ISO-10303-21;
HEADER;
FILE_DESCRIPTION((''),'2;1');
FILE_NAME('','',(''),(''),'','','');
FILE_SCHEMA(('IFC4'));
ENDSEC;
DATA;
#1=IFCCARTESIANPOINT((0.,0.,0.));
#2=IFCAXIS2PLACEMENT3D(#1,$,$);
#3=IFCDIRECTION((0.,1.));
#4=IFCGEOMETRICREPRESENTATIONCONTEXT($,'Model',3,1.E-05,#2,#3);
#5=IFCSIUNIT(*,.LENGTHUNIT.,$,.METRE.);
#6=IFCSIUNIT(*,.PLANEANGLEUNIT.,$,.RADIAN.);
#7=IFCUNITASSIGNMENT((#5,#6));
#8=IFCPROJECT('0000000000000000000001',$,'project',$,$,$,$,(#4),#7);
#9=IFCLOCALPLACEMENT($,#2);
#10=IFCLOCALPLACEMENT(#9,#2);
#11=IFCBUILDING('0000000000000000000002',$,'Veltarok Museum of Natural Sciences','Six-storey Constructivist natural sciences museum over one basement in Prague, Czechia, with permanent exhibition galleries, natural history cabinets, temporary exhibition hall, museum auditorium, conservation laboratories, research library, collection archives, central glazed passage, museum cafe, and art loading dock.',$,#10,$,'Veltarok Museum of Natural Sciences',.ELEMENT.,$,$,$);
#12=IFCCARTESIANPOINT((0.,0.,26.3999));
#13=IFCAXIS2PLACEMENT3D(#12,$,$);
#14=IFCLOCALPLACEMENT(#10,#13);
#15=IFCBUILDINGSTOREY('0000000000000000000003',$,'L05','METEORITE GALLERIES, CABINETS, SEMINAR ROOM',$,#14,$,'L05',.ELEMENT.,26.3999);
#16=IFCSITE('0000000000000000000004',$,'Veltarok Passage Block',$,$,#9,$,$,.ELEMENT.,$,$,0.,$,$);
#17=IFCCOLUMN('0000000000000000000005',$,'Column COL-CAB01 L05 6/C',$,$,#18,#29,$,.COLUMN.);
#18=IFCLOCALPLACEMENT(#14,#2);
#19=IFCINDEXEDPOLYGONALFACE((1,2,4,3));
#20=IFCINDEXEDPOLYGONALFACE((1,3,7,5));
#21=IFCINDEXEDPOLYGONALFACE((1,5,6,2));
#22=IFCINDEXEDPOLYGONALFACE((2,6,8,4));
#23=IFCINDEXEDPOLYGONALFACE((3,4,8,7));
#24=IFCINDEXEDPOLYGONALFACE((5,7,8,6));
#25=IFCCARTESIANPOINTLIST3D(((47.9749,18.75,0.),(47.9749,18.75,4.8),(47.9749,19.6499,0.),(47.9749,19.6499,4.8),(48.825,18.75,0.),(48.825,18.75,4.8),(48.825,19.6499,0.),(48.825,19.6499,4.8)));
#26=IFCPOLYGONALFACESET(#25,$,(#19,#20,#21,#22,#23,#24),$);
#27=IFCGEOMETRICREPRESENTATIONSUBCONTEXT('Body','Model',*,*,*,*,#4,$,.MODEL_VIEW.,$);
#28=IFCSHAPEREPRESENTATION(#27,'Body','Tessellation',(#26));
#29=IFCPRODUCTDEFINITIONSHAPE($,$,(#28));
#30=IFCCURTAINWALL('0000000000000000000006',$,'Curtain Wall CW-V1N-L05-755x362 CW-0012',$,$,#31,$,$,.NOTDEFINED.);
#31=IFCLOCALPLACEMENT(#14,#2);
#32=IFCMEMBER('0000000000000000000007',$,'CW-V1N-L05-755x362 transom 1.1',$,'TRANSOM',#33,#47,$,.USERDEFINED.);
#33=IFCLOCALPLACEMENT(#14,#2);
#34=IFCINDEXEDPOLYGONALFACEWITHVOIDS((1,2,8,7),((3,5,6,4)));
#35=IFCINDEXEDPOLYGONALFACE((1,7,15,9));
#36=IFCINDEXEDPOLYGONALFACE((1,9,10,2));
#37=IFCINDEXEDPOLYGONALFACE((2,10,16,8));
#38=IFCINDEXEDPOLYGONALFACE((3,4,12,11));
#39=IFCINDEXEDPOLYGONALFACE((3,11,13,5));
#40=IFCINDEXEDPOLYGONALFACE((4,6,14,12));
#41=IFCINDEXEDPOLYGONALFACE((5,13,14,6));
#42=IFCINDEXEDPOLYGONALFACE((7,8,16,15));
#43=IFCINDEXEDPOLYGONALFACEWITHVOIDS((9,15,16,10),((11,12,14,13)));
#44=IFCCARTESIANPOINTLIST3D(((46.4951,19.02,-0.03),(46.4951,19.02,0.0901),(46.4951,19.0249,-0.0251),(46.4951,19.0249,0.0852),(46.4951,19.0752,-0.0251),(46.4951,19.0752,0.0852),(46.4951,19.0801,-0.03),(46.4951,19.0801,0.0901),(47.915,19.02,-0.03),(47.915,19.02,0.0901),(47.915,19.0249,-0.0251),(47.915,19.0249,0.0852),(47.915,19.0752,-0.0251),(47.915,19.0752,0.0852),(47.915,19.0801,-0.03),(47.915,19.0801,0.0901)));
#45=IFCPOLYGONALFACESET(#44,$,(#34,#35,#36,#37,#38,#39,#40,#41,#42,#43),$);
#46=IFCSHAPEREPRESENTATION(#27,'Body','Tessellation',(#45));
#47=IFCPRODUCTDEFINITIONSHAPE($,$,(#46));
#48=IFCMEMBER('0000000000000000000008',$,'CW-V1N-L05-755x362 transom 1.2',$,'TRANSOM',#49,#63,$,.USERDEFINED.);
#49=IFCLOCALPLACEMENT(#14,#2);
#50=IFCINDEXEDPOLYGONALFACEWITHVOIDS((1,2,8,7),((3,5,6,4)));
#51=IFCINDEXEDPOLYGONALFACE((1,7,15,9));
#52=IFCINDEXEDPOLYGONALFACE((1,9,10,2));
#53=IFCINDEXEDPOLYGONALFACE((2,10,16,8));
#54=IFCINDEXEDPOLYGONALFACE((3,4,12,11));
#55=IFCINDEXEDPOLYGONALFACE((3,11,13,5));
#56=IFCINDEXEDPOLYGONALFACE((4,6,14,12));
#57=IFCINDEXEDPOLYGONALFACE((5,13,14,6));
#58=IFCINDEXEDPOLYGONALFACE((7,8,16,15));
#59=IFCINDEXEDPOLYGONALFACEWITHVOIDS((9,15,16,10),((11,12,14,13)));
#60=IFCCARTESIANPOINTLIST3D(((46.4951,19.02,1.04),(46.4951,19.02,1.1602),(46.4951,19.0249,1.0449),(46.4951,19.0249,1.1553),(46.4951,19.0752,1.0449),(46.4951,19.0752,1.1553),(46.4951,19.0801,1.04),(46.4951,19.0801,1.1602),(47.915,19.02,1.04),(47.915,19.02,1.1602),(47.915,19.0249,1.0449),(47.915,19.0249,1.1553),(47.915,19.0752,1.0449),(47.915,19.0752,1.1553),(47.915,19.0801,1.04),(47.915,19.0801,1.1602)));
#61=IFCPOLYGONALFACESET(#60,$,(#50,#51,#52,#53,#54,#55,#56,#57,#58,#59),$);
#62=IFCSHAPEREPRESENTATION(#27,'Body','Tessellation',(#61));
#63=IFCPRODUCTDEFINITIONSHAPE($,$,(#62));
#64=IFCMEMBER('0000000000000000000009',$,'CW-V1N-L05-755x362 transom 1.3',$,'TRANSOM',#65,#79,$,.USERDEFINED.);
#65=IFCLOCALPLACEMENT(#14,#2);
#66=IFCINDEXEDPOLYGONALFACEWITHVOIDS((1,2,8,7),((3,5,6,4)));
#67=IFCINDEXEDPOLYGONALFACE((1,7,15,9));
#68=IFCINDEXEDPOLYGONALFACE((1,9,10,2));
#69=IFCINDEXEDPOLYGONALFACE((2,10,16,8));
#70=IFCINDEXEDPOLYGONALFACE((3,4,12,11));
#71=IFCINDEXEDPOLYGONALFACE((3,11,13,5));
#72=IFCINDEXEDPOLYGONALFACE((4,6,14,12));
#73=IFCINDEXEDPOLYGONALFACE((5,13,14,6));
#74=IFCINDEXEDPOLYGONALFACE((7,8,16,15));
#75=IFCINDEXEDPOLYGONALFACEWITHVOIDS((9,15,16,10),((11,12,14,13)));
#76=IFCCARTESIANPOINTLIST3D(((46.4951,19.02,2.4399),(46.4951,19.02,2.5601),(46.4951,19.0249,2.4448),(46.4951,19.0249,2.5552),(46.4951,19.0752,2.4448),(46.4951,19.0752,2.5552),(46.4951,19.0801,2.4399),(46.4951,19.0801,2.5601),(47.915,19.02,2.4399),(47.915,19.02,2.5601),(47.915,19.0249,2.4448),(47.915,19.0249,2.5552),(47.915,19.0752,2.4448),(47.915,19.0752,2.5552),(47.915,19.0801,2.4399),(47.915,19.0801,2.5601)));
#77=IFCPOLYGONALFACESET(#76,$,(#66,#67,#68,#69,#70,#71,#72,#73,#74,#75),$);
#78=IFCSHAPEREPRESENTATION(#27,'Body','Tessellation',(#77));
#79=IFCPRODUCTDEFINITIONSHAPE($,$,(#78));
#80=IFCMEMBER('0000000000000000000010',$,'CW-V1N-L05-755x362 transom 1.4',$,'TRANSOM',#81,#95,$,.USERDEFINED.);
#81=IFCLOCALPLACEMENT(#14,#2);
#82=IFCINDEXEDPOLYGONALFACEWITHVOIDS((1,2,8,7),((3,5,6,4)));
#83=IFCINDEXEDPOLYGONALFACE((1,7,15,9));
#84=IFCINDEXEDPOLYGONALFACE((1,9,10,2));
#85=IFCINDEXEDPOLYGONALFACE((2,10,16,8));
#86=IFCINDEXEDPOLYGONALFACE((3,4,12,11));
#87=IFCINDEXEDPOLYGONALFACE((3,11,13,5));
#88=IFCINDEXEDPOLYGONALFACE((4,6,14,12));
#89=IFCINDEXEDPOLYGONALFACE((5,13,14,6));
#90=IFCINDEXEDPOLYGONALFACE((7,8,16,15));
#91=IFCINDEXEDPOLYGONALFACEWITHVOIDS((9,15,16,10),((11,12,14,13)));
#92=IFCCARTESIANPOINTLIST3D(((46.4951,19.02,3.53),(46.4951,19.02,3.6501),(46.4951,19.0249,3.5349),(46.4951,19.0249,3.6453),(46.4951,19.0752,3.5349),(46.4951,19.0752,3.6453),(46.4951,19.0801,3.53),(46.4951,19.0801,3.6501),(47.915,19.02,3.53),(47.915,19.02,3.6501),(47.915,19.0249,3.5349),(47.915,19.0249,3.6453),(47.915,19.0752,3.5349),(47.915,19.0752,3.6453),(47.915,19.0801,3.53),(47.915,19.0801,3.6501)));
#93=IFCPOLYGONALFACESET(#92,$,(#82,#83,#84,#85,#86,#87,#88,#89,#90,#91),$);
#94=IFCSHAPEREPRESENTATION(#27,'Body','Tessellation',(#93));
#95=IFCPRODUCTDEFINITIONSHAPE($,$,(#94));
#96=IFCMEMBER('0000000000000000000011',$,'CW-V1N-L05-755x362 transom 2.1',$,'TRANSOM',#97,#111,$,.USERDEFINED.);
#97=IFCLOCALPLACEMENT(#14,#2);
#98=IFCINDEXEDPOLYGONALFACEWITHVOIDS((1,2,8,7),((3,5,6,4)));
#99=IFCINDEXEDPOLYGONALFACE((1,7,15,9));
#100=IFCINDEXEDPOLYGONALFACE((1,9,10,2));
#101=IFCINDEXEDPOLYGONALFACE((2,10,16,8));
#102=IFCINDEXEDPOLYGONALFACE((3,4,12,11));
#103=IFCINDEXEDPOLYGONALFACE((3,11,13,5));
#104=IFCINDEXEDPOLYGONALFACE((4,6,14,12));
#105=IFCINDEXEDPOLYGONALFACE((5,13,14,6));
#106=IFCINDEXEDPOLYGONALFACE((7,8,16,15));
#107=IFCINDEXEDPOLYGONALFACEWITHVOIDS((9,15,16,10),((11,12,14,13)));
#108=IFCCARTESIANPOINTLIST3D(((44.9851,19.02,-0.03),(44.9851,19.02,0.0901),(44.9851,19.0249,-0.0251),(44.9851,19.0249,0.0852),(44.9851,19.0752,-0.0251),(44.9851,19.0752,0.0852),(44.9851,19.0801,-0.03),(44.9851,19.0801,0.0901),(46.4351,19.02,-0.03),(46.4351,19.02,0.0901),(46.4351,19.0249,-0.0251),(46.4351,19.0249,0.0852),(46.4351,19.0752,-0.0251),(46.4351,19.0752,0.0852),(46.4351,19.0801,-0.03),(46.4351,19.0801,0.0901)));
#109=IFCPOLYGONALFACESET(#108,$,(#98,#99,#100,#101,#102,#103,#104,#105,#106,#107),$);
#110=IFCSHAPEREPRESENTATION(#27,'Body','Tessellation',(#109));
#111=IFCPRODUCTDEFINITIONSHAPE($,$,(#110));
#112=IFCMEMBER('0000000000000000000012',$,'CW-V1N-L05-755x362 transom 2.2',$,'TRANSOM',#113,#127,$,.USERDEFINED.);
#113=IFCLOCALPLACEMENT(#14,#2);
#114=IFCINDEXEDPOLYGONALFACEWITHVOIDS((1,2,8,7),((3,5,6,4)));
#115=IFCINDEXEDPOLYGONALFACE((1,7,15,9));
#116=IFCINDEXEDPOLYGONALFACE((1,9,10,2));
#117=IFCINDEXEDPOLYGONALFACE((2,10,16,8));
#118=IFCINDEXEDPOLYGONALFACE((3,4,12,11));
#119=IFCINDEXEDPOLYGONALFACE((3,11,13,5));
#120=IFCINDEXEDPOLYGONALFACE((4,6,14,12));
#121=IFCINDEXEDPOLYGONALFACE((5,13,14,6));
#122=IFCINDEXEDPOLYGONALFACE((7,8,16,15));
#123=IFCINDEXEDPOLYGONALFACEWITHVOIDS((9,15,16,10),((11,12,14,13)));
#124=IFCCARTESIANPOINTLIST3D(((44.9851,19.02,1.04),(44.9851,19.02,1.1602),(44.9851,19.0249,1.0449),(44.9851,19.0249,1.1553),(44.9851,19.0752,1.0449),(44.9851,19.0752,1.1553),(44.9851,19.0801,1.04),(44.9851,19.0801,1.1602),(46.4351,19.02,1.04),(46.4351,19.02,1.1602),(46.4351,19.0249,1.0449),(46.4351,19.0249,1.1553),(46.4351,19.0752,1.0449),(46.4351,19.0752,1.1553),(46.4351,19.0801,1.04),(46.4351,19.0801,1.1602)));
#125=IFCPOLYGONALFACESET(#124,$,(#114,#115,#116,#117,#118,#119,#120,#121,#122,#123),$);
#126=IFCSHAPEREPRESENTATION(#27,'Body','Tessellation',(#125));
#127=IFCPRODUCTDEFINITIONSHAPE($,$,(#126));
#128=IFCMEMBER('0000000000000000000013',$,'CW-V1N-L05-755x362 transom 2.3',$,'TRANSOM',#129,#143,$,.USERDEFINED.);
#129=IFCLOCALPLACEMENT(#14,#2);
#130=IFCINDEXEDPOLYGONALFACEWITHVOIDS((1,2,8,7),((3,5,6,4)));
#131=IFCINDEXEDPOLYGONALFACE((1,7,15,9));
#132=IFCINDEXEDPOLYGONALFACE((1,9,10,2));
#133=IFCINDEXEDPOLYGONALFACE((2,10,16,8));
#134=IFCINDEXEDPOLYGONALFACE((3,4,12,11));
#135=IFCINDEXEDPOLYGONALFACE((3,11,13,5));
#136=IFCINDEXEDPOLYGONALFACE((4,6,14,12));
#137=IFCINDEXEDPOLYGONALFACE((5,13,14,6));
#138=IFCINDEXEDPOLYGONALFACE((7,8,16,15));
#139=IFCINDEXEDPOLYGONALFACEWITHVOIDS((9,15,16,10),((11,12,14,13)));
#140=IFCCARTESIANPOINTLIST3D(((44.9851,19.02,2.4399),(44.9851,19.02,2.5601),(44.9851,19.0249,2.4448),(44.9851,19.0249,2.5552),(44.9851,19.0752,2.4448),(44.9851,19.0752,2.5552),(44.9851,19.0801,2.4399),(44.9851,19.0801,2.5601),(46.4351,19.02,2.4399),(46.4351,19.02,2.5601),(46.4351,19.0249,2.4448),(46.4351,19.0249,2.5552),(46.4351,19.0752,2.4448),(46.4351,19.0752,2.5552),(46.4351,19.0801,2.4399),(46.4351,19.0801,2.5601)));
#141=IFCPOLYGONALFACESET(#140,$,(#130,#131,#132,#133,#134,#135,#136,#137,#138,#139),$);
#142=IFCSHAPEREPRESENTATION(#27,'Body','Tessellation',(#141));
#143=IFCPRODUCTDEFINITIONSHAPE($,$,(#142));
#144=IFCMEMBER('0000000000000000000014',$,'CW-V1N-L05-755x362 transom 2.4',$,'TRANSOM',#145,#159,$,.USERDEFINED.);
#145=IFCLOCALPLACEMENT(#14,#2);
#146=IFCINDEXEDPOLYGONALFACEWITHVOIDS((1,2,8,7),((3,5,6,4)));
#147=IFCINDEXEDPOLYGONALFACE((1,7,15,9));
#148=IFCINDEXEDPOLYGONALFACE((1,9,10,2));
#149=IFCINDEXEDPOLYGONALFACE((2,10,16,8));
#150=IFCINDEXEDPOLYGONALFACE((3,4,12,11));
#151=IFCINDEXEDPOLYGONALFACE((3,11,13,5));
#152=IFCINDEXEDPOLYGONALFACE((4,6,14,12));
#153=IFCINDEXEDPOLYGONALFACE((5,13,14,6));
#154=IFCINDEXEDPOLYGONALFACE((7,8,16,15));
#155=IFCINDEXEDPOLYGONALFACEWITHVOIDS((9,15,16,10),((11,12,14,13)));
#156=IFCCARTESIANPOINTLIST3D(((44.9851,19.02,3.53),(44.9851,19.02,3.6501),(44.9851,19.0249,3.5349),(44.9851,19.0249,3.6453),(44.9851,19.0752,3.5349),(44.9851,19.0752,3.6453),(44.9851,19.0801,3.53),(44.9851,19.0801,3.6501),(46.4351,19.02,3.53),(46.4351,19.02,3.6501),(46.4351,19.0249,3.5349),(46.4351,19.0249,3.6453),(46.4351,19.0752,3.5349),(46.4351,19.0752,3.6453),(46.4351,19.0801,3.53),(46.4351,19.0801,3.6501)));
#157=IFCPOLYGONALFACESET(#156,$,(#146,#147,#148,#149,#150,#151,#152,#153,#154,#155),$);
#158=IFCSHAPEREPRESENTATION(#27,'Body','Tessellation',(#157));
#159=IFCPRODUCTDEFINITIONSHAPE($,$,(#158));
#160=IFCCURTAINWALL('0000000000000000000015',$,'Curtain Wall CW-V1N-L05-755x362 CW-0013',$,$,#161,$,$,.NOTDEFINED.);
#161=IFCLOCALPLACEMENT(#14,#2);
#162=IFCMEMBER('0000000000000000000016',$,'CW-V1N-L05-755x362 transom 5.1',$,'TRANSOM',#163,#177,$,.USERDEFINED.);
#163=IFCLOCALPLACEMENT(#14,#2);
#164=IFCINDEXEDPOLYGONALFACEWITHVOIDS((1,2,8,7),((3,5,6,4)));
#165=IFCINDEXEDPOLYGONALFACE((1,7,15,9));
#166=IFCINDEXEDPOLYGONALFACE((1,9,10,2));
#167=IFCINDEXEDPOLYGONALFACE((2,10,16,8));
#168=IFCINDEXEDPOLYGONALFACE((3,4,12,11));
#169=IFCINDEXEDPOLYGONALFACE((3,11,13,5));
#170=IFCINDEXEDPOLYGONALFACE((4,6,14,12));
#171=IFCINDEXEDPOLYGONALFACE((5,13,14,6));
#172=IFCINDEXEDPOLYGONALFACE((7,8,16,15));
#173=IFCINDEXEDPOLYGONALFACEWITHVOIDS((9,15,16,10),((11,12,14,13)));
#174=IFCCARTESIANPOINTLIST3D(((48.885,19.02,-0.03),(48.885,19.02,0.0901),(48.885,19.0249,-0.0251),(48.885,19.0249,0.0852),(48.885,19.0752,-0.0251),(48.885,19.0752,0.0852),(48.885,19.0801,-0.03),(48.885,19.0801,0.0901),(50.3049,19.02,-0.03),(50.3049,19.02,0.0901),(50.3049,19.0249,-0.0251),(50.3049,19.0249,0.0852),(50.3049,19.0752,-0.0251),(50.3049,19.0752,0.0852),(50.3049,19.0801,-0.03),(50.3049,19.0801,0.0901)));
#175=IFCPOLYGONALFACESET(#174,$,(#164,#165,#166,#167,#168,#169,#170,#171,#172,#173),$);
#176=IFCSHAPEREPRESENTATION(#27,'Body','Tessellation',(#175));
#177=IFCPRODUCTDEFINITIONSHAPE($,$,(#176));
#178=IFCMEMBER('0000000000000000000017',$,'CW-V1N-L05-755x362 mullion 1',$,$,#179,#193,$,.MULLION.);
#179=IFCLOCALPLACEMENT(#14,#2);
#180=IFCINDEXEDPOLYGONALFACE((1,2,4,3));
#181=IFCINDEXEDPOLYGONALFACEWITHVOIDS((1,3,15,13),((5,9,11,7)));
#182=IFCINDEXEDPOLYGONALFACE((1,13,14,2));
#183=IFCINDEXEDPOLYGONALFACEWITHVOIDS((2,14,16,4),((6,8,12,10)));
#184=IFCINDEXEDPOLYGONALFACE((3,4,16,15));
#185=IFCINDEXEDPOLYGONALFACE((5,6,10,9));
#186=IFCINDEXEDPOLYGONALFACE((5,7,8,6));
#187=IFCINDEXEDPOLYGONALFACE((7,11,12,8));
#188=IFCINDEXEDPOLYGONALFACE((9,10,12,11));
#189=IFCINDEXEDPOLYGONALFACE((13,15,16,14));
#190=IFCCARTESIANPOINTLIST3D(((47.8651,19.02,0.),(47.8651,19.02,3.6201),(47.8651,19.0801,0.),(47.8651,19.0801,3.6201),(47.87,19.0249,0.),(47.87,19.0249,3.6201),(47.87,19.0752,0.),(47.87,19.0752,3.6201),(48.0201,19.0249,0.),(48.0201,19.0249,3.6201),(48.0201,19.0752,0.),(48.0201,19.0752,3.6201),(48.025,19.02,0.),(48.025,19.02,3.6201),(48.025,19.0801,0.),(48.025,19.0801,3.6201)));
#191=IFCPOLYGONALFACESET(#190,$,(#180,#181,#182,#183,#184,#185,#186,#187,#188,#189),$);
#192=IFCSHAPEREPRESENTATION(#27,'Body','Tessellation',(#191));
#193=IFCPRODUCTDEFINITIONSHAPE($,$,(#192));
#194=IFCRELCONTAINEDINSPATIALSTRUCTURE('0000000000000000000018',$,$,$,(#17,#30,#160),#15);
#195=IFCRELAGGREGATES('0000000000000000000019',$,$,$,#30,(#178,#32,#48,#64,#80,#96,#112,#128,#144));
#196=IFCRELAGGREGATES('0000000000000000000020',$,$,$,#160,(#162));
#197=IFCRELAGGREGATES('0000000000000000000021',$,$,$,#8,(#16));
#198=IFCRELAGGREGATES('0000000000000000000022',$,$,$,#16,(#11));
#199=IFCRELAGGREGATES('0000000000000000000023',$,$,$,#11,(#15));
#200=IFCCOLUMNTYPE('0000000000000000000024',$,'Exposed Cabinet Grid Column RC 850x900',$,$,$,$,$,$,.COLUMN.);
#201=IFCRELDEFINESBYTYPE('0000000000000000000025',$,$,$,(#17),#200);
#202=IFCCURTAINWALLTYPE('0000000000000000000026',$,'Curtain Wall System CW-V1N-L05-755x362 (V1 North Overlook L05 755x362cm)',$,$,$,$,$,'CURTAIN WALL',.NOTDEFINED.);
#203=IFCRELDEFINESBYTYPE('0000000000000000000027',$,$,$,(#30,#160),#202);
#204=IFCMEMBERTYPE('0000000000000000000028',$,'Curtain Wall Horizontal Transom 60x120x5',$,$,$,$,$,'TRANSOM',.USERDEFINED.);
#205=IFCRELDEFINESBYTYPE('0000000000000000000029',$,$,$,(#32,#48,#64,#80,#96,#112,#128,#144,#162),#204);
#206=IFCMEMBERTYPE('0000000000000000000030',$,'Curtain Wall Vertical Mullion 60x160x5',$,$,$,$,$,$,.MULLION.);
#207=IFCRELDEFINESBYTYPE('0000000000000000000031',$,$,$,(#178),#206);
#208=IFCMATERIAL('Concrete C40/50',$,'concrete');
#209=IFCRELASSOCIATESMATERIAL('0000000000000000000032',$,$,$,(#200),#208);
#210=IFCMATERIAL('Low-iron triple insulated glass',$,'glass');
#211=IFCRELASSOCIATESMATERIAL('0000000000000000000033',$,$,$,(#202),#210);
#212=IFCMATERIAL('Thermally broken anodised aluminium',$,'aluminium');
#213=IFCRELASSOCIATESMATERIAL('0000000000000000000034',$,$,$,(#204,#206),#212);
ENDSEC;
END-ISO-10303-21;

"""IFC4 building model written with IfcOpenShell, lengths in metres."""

from ifc_helpers import new_model, si_unit, direction, frame, origin, origin_2d, place, context, subcontext, project, spatial, rectangle, hollow_rectangle, extrude, material, material_profile, profile_set, type_object, element, aggregate, save


model = new_model("IFC4")

# Units and contexts
model_context = context("Model", 3, precision=1e-05, world=origin(), true_north=direction((0.0, 1.0)))
body_context = subcontext(model_context, "Body", "Model", "MODEL_VIEW")
ifc_project = project(units=[si_unit("LENGTHUNIT", "METRE"), si_unit("PLANEANGLEUNIT", "RADIAN")], contexts=[model_context])

# Site, building, storey
site_placement = place(None, origin())
site = spatial("IfcSite", under=ifc_project, at=site_placement, Name="Veltarok Passage Block", CompositionType="ELEMENT", RefElevation=0.0)
building_placement = place(site_placement, origin())
building = spatial("IfcBuilding", under=site, at=building_placement, Name="Veltarok Museum of Natural Sciences", Description="Six-storey Constructivist natural sciences museum over one basement in Prague, Czechia, with permanent exhibition galleries, natural history cabinets, temporary exhibition hall, museum auditorium, conservation laboratories, research library, collection archives, central glazed passage, museum cafe, and art loading dock.", LongName="Veltarok Museum of Natural Sciences", CompositionType="ELEMENT")
storey_placement = place(building_placement, frame((0.0, 0.0, 26.3999)))
storey = spatial("IfcBuildingStorey", under=building, at=storey_placement, Name="L05", Description="METEORITE GALLERIES, CABINETS, SEMINAR ROOM", LongName="L05", CompositionType="ELEMENT", Elevation=26.3999)

# Column
ifc_material_1 = material(Name="Concrete C40/50", Category="concrete")
ifc_material_profile_1 = material_profile(ifc_material_1, rectangle(XDim=0.8501, YDim=0.8999, at=origin_2d()), Name="RC 850x900")
ifc_profile_set_1 = profile_set([ifc_material_profile_1], Name="Concrete C40/50")
column_type = type_object("IfcColumnType", Name="Exposed Cabinet Grid Column RC 850x900", PredefinedType="COLUMN", material=ifc_profile_set_1)
column_placement = place(storey_placement, frame((48.3999, 19.2, 0.0), z_axis=(0.0, 0.0, 1.0), x_axis=(1.0, 0.0, 0.0)))
element("IfcColumn", 1, at=column_placement, inside=storey, type_object=column_type, Name="Column COL-CAB01 L05 6/C", PredefinedType="COLUMN", context=body_context, shape_type="SweptSolid", body=[
    extrude(rectangle(XDim=0.8501, YDim=0.8999, at=origin_2d()), origin(), (0.0, 0.0, 1.0), 4.8),
])

# Curtain wall, members
ifc_material_2 = material(Name="Low-iron triple insulated glass", Category="glass")
curtain_wall_type = type_object("IfcCurtainWallType", Name="Curtain Wall System CW-V1N-L05-755x362 (V1 North Overlook L05 755x362cm)", ElementType="CURTAIN WALL", PredefinedType="NOTDEFINED", material=ifc_material_2)
curtain_wall_1_placement = place(storey_placement, origin())
curtain_wall_1 = element("IfcCurtainWall", 2, at=curtain_wall_1_placement, inside=storey, type_object=curtain_wall_type, Name="Curtain Wall CW-V1N-L05-755x362 CW-0012", PredefinedType="NOTDEFINED")
ifc_material_3 = material(Name="Thermally broken anodised aluminium", Category="aluminium")
ifc_material_profile_2 = material_profile(ifc_material_3, hollow_rectangle(XDim=0.0601, YDim=0.1201, WallThickness=0.0049, at=origin_2d()), Name="CW TRANSOM 60x120x5")
ifc_profile_set_2 = profile_set([ifc_material_profile_2], Name="Thermally broken anodised aluminium")
member_type_1 = type_object("IfcMemberType", Name="Curtain Wall Horizontal Transom 60x120x5", ElementType="TRANSOM", PredefinedType="USERDEFINED", material=ifc_profile_set_2)
member_1_placement = place(storey_placement, frame((47.915, 19.05, 0.03), z_axis=(-1.0, 0.0, 0.0), x_axis=(0.0, -1.0, 0.0)))
member_1 = element("IfcMember", 3, at=member_1_placement, type_object=member_type_1, Name="CW-V1N-L05-755x362 transom 1.1", ObjectType="TRANSOM", PredefinedType="USERDEFINED", context=body_context, shape_type="SweptSolid", body=[
    extrude(hollow_rectangle(XDim=0.0601, YDim=0.1201, WallThickness=0.0049, at=origin_2d()), origin(), (0.0, 0.0, 1.0), 1.4199),
])
member_2_placement = place(storey_placement, frame((47.915, 19.05, 1.1001), z_axis=(-1.0, 0.0, 0.0), x_axis=(0.0, -1.0, 0.0)))
member_2 = element("IfcMember", 4, at=member_2_placement, type_object=member_type_1, Name="CW-V1N-L05-755x362 transom 1.2", ObjectType="TRANSOM", PredefinedType="USERDEFINED", context=body_context, shape_type="SweptSolid", body=[
    extrude(hollow_rectangle(XDim=0.0601, YDim=0.1201, WallThickness=0.0049, at=origin_2d()), origin(), (0.0, 0.0, 1.0), 1.4199),
])
member_3_placement = place(storey_placement, frame((47.915, 19.05, 2.5), z_axis=(-1.0, 0.0, 0.0), x_axis=(0.0, -1.0, 0.0)))
member_3 = element("IfcMember", 5, at=member_3_placement, type_object=member_type_1, Name="CW-V1N-L05-755x362 transom 1.3", ObjectType="TRANSOM", PredefinedType="USERDEFINED", context=body_context, shape_type="SweptSolid", body=[
    extrude(hollow_rectangle(XDim=0.0601, YDim=0.1201, WallThickness=0.0049, at=origin_2d()), origin(), (0.0, 0.0, 1.0), 1.4199),
])
member_4_placement = place(storey_placement, frame((47.915, 19.05, 3.5901), z_axis=(-1.0, 0.0, 0.0), x_axis=(0.0, -1.0, 0.0)))
member_4 = element("IfcMember", 6, at=member_4_placement, type_object=member_type_1, Name="CW-V1N-L05-755x362 transom 1.4", ObjectType="TRANSOM", PredefinedType="USERDEFINED", context=body_context, shape_type="SweptSolid", body=[
    extrude(hollow_rectangle(XDim=0.0601, YDim=0.1201, WallThickness=0.0049, at=origin_2d()), origin(), (0.0, 0.0, 1.0), 1.4199),
])
member_5_placement = place(storey_placement, frame((46.4351, 19.05, 0.03), z_axis=(-1.0, 0.0, 0.0), x_axis=(0.0, -1.0, 0.0)))
member_5 = element("IfcMember", 7, at=member_5_placement, type_object=member_type_1, Name="CW-V1N-L05-755x362 transom 2.1", ObjectType="TRANSOM", PredefinedType="USERDEFINED", context=body_context, shape_type="SweptSolid", body=[
    extrude(hollow_rectangle(XDim=0.0601, YDim=0.1201, WallThickness=0.0049, at=origin_2d()), origin(), (0.0, 0.0, 1.0), 1.45),
])
member_6_placement = place(storey_placement, frame((46.4351, 19.05, 1.1001), z_axis=(-1.0, 0.0, 0.0), x_axis=(0.0, -1.0, 0.0)))
member_6 = element("IfcMember", 8, at=member_6_placement, type_object=member_type_1, Name="CW-V1N-L05-755x362 transom 2.2", ObjectType="TRANSOM", PredefinedType="USERDEFINED", context=body_context, shape_type="SweptSolid", body=[
    extrude(hollow_rectangle(XDim=0.0601, YDim=0.1201, WallThickness=0.0049, at=origin_2d()), origin(), (0.0, 0.0, 1.0), 1.45),
])
member_7_placement = place(storey_placement, frame((46.4351, 19.05, 2.5), z_axis=(-1.0, 0.0, 0.0), x_axis=(0.0, -1.0, 0.0)))
member_7 = element("IfcMember", 9, at=member_7_placement, type_object=member_type_1, Name="CW-V1N-L05-755x362 transom 2.3", ObjectType="TRANSOM", PredefinedType="USERDEFINED", context=body_context, shape_type="SweptSolid", body=[
    extrude(hollow_rectangle(XDim=0.0601, YDim=0.1201, WallThickness=0.0049, at=origin_2d()), origin(), (0.0, 0.0, 1.0), 1.45),
])
member_8_placement = place(storey_placement, frame((46.4351, 19.05, 3.5901), z_axis=(-1.0, 0.0, 0.0), x_axis=(0.0, -1.0, 0.0)))
member_8 = element("IfcMember", 10, at=member_8_placement, type_object=member_type_1, Name="CW-V1N-L05-755x362 transom 2.4", ObjectType="TRANSOM", PredefinedType="USERDEFINED", context=body_context, shape_type="SweptSolid", body=[
    extrude(hollow_rectangle(XDim=0.0601, YDim=0.1201, WallThickness=0.0049, at=origin_2d()), origin(), (0.0, 0.0, 1.0), 1.45),
])

# Curtain wall, member
curtain_wall_2_placement = place(storey_placement, origin())
curtain_wall_2 = element("IfcCurtainWall", 11, at=curtain_wall_2_placement, inside=storey, type_object=curtain_wall_type, Name="Curtain Wall CW-V1N-L05-755x362 CW-0013", PredefinedType="NOTDEFINED")
member_9_placement = place(storey_placement, frame((50.3049, 19.05, 0.03), z_axis=(-1.0, 0.0, 0.0), x_axis=(0.0, -1.0, 0.0)))
member_9 = element("IfcMember", 12, at=member_9_placement, type_object=member_type_1, Name="CW-V1N-L05-755x362 transom 5.1", ObjectType="TRANSOM", PredefinedType="USERDEFINED", context=body_context, shape_type="SweptSolid", body=[
    extrude(hollow_rectangle(XDim=0.0601, YDim=0.1201, WallThickness=0.0049, at=origin_2d()), origin(), (0.0, 0.0, 1.0), 1.4199),
])

# Member
ifc_material_profile_3 = material_profile(ifc_material_3, hollow_rectangle(XDim=0.0601, YDim=0.1599, WallThickness=0.0049, at=origin_2d()), Name="CW MULLION 60x160x5")
ifc_profile_set_3 = profile_set([ifc_material_profile_3], Name="Thermally broken anodised aluminium")
member_type_2 = type_object("IfcMemberType", Name="Curtain Wall Vertical Mullion 60x160x5", PredefinedType="MULLION", material=ifc_profile_set_3)
member_10_placement = place(storey_placement, frame((47.9451, 19.05, 0.0), z_axis=(0.0, 0.0, 1.0), x_axis=(0.0, -1.0, 0.0)))
member_10 = element("IfcMember", 13, at=member_10_placement, type_object=member_type_2, Name="CW-V1N-L05-755x362 mullion 1", PredefinedType="MULLION", context=body_context, shape_type="SweptSolid", body=[
    extrude(hollow_rectangle(XDim=0.0601, YDim=0.1599, WallThickness=0.0049, at=origin_2d()), origin(), (0.0, 0.0, 1.0), 3.6201),
])

aggregate(curtain_wall_1, [member_10, member_1, member_2, member_3, member_4, member_5, member_6, member_7, member_8])
aggregate(curtain_wall_2, [member_9])

save(model, "model.ifc")
